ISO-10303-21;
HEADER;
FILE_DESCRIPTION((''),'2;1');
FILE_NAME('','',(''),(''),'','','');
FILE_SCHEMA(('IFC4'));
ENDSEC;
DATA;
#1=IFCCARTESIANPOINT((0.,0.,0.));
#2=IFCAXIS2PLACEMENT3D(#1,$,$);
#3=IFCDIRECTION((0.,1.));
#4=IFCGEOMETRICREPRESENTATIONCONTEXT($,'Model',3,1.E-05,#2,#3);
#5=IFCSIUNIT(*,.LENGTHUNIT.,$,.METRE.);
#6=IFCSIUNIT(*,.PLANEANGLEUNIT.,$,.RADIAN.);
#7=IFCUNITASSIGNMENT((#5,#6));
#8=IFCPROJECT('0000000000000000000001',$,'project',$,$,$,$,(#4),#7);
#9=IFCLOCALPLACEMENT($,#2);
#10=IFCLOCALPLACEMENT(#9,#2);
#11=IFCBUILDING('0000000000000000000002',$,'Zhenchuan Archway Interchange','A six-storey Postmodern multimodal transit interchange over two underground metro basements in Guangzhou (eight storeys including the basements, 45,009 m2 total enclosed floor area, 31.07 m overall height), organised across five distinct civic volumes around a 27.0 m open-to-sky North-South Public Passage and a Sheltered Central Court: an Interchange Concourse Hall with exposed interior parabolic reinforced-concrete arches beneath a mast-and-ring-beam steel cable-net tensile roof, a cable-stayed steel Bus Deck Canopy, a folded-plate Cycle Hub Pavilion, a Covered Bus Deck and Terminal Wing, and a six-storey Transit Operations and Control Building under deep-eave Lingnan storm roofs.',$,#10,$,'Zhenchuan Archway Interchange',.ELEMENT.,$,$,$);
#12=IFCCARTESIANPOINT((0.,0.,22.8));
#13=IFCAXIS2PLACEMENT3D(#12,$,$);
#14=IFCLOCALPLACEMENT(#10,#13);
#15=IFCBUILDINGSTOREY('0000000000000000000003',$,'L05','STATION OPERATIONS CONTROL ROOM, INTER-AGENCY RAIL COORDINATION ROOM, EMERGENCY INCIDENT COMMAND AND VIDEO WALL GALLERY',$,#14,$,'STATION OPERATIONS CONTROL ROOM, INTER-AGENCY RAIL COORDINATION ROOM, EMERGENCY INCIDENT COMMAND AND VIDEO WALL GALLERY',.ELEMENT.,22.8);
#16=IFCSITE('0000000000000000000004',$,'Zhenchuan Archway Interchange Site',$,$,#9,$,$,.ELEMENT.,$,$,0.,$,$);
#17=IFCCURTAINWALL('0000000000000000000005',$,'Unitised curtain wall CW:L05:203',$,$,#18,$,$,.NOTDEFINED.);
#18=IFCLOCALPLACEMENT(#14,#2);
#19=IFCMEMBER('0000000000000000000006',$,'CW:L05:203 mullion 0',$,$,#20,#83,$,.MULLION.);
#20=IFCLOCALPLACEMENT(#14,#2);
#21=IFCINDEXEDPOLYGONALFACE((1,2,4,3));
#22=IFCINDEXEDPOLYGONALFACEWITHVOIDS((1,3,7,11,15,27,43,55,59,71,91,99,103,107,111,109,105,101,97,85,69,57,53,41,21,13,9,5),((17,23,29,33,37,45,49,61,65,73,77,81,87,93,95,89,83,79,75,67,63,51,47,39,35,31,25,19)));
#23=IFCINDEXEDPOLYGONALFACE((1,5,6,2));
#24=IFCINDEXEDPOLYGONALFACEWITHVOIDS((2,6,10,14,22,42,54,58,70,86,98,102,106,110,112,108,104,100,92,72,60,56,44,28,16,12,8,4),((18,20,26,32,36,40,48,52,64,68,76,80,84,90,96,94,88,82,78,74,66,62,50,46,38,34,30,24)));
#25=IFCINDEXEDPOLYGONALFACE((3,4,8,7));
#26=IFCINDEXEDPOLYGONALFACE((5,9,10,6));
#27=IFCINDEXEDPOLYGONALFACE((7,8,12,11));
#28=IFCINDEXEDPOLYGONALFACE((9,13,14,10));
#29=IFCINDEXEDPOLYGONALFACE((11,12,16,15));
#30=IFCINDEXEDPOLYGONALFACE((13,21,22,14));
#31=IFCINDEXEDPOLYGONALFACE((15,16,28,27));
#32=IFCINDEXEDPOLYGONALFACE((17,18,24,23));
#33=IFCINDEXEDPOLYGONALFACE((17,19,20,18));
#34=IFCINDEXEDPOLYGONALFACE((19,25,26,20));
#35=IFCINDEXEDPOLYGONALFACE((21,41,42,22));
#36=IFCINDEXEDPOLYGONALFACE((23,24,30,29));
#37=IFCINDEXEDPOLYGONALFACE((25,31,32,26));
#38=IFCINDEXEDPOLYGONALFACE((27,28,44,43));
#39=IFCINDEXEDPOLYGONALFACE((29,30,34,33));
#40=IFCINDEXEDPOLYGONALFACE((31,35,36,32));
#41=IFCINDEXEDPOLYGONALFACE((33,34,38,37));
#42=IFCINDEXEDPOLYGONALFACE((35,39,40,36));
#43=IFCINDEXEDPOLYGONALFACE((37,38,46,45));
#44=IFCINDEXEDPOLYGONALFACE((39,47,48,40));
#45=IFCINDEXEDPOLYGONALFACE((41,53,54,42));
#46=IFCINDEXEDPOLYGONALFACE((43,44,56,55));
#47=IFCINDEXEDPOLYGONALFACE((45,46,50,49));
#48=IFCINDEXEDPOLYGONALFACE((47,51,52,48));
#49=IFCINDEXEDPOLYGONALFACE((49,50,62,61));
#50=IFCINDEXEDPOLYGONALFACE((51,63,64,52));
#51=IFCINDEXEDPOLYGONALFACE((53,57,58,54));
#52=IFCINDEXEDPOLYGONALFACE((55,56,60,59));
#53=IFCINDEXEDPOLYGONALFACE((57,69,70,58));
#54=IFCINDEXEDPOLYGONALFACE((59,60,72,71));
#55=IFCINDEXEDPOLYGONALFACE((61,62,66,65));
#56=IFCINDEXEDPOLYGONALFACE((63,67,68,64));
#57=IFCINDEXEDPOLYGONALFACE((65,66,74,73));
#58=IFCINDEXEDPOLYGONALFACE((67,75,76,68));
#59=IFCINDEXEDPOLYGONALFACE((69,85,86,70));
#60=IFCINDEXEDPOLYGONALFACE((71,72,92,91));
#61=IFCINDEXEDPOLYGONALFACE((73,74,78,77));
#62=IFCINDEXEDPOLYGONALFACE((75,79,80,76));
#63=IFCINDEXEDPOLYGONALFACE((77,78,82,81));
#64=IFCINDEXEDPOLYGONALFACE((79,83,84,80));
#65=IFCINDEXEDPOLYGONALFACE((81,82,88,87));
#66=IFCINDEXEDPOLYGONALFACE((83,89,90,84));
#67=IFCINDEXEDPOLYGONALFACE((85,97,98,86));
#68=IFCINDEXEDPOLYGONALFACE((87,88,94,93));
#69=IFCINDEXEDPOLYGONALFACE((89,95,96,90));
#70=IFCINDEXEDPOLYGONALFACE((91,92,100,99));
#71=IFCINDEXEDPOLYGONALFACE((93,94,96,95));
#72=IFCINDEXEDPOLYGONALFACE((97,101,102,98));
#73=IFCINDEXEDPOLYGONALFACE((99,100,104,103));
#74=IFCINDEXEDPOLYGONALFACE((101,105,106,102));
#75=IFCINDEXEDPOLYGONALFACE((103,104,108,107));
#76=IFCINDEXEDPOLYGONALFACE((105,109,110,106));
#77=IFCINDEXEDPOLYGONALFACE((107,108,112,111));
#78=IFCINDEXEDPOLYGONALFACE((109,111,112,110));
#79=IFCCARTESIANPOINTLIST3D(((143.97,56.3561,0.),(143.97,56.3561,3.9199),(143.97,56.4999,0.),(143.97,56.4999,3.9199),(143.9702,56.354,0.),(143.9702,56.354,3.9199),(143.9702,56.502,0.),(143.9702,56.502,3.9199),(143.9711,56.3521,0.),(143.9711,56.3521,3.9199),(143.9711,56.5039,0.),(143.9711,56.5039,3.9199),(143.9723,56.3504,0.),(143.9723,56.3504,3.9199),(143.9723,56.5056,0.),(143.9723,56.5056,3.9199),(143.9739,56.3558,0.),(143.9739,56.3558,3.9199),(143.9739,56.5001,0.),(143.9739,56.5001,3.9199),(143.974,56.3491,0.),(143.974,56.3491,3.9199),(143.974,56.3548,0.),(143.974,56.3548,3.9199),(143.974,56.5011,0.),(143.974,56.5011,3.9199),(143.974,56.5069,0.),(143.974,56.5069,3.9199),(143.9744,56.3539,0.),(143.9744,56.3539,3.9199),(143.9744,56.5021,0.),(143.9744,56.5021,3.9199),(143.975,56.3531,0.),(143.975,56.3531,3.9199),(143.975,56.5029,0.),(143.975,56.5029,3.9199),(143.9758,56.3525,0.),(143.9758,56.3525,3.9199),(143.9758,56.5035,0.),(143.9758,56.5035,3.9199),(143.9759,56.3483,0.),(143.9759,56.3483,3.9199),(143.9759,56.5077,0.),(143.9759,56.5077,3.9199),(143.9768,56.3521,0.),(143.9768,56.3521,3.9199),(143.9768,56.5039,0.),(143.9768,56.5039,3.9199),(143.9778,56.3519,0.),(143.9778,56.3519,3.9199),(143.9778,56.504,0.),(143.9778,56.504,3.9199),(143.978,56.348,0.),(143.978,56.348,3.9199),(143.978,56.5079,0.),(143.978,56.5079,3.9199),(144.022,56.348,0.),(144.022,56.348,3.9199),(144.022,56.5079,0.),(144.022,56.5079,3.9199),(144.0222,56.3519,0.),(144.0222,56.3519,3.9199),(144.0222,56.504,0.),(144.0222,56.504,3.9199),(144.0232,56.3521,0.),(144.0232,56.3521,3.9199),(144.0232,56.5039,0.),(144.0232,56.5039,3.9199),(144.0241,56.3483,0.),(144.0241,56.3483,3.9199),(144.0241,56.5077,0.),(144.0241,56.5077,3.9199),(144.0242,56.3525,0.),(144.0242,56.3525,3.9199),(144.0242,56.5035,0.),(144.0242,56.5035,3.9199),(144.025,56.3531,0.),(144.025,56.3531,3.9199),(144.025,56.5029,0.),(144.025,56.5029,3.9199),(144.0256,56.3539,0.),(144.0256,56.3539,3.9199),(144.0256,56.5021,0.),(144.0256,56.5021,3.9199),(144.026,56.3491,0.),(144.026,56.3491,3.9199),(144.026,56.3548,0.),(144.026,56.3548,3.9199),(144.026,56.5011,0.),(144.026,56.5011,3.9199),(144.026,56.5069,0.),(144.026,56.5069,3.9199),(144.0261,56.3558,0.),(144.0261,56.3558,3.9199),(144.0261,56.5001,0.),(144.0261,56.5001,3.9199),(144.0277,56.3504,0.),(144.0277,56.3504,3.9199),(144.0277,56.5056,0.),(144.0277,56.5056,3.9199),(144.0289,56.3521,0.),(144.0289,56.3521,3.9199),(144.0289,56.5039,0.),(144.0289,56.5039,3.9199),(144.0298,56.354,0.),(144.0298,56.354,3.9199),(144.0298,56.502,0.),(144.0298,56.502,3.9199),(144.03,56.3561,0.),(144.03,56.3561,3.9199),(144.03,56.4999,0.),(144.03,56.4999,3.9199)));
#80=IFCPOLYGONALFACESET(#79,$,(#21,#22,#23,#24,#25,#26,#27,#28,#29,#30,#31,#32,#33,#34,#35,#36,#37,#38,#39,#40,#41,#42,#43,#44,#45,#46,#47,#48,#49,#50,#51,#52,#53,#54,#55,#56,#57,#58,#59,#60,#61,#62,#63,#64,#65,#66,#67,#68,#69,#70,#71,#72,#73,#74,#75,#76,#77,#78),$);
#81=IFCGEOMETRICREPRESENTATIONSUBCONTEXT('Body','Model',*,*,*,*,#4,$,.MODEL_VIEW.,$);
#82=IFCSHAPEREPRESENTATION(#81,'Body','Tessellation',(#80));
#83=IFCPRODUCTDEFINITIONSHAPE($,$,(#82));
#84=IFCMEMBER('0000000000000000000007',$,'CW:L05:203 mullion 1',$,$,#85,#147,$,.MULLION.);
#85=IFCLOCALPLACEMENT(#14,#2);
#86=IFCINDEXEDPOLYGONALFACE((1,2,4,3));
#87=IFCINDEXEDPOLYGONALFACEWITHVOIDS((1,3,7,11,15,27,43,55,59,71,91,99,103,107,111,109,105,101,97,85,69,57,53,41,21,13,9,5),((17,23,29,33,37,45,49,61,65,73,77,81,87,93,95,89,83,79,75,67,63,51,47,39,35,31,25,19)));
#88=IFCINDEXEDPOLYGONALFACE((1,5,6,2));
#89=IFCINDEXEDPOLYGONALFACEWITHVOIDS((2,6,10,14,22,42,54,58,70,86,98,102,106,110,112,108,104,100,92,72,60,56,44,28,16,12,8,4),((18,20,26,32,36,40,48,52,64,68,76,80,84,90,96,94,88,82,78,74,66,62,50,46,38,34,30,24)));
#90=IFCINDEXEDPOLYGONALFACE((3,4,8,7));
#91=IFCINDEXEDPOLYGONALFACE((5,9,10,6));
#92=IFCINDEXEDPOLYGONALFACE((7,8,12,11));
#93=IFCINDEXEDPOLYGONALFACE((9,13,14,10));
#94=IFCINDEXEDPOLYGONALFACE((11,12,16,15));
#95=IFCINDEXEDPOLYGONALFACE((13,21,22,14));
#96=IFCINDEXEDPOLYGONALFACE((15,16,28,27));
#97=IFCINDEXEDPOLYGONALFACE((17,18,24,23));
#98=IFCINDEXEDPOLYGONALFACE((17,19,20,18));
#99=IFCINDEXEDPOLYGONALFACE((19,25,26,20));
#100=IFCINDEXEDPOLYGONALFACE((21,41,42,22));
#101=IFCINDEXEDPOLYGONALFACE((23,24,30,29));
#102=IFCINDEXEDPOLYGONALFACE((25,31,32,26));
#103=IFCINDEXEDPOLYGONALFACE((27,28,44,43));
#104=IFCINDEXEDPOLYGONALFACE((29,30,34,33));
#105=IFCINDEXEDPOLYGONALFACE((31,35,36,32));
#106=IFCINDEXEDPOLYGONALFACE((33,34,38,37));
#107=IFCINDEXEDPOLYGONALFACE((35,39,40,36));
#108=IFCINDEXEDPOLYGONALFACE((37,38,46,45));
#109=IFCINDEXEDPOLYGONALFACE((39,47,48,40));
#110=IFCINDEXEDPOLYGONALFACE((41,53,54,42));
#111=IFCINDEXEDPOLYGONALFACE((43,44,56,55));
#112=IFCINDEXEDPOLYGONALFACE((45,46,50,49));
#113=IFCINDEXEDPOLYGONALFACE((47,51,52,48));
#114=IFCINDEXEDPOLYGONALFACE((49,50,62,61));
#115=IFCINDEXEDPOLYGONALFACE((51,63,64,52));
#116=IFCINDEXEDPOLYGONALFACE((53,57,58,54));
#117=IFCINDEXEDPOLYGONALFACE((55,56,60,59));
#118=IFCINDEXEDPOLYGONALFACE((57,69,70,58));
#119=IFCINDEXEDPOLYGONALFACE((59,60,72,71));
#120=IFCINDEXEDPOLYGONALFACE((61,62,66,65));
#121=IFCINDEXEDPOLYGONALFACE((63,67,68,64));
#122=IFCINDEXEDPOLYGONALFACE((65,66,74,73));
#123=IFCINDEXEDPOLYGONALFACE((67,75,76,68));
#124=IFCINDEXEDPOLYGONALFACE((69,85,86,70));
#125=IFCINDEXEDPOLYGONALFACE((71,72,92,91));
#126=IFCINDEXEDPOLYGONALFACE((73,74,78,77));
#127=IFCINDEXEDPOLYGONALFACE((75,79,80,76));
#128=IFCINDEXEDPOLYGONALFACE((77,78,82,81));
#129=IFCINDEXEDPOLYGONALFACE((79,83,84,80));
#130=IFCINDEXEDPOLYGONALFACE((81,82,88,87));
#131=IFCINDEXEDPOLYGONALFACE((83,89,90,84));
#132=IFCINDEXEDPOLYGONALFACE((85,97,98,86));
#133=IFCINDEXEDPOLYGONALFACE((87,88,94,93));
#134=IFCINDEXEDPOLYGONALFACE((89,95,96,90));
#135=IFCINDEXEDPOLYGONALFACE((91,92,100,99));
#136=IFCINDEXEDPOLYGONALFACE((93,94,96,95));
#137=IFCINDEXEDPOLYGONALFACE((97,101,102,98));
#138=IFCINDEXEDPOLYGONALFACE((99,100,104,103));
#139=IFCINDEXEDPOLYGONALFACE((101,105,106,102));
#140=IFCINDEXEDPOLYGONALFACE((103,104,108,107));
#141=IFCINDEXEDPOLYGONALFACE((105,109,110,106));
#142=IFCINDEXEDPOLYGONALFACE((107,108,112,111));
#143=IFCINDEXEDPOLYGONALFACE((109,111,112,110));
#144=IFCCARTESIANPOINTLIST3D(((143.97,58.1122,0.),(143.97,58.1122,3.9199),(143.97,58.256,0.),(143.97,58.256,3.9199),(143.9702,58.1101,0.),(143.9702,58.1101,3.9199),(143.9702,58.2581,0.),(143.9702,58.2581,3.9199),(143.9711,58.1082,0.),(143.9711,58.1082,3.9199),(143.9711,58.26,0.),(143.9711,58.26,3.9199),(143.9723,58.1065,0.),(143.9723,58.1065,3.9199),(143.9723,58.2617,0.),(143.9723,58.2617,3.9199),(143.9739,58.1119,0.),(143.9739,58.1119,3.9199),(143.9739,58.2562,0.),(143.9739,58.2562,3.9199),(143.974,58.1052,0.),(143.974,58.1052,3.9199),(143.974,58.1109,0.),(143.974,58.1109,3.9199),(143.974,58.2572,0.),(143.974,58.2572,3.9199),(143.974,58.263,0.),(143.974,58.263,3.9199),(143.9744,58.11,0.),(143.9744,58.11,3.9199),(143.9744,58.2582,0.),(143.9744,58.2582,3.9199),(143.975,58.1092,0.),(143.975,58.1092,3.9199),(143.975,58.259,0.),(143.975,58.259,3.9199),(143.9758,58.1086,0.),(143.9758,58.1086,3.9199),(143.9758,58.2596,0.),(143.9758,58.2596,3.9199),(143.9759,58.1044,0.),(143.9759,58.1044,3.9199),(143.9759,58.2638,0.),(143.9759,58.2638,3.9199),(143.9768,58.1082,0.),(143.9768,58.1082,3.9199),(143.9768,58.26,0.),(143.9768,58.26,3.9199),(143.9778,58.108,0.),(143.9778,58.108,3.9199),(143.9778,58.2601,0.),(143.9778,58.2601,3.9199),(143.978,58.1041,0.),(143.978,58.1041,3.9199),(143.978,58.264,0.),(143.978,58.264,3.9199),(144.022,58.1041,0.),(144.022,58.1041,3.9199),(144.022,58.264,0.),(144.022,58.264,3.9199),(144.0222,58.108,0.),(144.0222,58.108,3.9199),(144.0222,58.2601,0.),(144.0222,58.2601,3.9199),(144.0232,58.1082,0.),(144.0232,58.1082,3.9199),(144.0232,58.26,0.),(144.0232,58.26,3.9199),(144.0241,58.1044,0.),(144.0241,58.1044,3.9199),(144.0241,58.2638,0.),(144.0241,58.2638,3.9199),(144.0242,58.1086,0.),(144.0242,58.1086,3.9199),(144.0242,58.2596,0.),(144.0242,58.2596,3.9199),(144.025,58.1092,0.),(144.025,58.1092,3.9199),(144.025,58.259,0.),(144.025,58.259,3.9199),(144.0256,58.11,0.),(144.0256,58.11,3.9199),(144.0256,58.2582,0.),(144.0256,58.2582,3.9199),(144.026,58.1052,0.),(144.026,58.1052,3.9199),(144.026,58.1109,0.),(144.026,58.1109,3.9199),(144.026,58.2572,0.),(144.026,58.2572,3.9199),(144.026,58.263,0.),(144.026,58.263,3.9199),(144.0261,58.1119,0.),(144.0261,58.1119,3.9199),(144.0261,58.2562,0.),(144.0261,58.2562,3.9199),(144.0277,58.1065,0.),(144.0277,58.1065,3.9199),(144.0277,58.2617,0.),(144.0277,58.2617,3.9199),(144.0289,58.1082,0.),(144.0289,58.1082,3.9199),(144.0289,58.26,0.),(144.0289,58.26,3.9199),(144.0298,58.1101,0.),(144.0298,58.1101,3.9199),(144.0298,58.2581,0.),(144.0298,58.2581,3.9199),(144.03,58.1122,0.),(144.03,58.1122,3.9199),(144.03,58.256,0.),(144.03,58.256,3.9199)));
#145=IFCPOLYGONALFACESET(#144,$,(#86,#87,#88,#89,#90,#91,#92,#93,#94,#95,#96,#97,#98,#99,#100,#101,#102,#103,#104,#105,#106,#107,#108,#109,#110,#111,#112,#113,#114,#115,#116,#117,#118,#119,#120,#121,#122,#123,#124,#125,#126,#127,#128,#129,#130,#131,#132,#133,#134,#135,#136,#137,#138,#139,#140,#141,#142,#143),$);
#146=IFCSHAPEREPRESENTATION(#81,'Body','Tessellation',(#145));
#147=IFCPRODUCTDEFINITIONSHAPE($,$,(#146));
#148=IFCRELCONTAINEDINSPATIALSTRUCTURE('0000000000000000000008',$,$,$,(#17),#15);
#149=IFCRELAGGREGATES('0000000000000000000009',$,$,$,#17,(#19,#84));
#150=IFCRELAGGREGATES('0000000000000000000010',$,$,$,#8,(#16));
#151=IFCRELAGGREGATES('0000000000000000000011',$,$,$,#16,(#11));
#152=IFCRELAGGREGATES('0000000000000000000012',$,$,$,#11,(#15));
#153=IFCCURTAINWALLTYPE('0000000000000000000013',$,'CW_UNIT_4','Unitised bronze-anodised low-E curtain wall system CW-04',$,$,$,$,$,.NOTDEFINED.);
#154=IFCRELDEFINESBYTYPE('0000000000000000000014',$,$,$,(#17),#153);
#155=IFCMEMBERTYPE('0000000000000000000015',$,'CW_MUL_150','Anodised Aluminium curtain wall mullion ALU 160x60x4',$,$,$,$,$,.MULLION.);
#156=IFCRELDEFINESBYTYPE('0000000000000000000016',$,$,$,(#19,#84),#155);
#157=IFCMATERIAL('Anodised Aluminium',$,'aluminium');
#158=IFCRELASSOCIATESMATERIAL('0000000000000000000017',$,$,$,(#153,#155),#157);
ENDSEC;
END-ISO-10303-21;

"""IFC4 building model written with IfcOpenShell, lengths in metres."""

from ifc_helpers import new_model, si_unit, direction, frame, origin, origin_2d, place, context, subcontext, project, spatial, hollow_rectangle, extrude, material, material_profile, profile_set, type_object, element, aggregate, save


model = new_model("IFC4")

# Units and contexts
model_context = context("Model", 3, precision=1e-05, world=origin(), true_north=direction((0.0, 1.0)))
body_context = subcontext(model_context, "Body", "Model", "MODEL_VIEW")
ifc_project = project(units=[si_unit("LENGTHUNIT", "METRE"), si_unit("PLANEANGLEUNIT", "RADIAN")], contexts=[model_context])

# Site, building, storey
site_placement = place(None, origin())
site = spatial("IfcSite", under=ifc_project, at=site_placement, Name="Zhenchuan Archway Interchange Site", CompositionType="ELEMENT", RefElevation=0.0)
building_placement = place(site_placement, origin())
building = spatial("IfcBuilding", under=site, at=building_placement, Name="Zhenchuan Archway Interchange", Description="A six-storey Postmodern multimodal transit interchange over two underground metro basements in Guangzhou (eight storeys including the basements, 45,009 m2 total enclosed floor area, 31.07 m overall height), organised across five distinct civic volumes around a 27.0 m open-to-sky North-South Public Passage and a Sheltered Central Court: an Interchange Concourse Hall with exposed interior parabolic reinforced-concrete arches beneath a mast-and-ring-beam steel cable-net tensile roof, a cable-stayed steel Bus Deck Canopy, a folded-plate Cycle Hub Pavilion, a Covered Bus Deck and Terminal Wing, and a six-storey Transit Operations and Control Building under deep-eave Lingnan storm roofs.", LongName="Zhenchuan Archway Interchange", CompositionType="ELEMENT")
storey_placement = place(building_placement, frame((0.0, 0.0, 22.8)))
storey = spatial("IfcBuildingStorey", under=building, at=storey_placement, Name="L05", Description="STATION OPERATIONS CONTROL ROOM, INTER-AGENCY RAIL COORDINATION ROOM, EMERGENCY INCIDENT COMMAND AND VIDEO WALL GALLERY", LongName="STATION OPERATIONS CONTROL ROOM, INTER-AGENCY RAIL COORDINATION ROOM, EMERGENCY INCIDENT COMMAND AND VIDEO WALL GALLERY", CompositionType="ELEMENT", Elevation=22.8)

# Curtain wall, members
ifc_material_1 = material(Name="Anodised Aluminium", Category="aluminium")
curtain_wall_type = type_object("IfcCurtainWallType", Name="CW_UNIT_4", Description="Unitised bronze-anodised low-E curtain wall system CW-04", PredefinedType="NOTDEFINED", material=ifc_material_1)
curtain_wall_placement = place(storey_placement, origin())
curtain_wall = element("IfcCurtainWall", 1, at=curtain_wall_placement, inside=storey, type_object=curtain_wall_type, Name="Unitised curtain wall CW:L05:203", PredefinedType="NOTDEFINED")
ifc_material_profile_1 = material_profile(ifc_material_1, hollow_rectangle(XDim=0.0601, YDim=0.1599, WallThickness=0.0039, InnerFilletRadius=0.0039, OuterFilletRadius=0.0081, at=origin_2d()), Name="ALU 160x60x4")
ifc_profile_set_1 = profile_set([ifc_material_profile_1], Name="Anodised Aluminium")
member_type_1 = type_object("IfcMemberType", Name="CW_MUL_150", Description="Anodised Aluminium curtain wall mullion ALU 160x60x4", PredefinedType="MULLION", material=ifc_profile_set_1)
member_1_placement = place(storey_placement, frame((144.0, 56.428, 0.0), z_axis=(0.0, 0.0, 1.0), x_axis=(1.0, 0.0, 0.0)))
member_1 = element("IfcMember", 2, at=member_1_placement, type_object=member_type_1, Name="CW:L05:203 mullion 0", PredefinedType="MULLION", context=body_context, shape_type="SweptSolid", body=[
    extrude(hollow_rectangle(XDim=0.0601, YDim=0.1599, WallThickness=0.0039, InnerFilletRadius=0.0039, OuterFilletRadius=0.0081, at=origin_2d()), origin(), (0.0, 0.0, 1.0), 3.9199),
])
member_2_placement = place(storey_placement, frame((144.0, 58.1841, 0.0), z_axis=(0.0, 0.0, 1.0), x_axis=(1.0, 0.0, 0.0)))
member_2 = element("IfcMember", 3, at=member_2_placement, type_object=member_type_1, Name="CW:L05:203 mullion 1", PredefinedType="MULLION", context=body_context, shape_type="SweptSolid", body=[
    extrude(hollow_rectangle(XDim=0.0601, YDim=0.1599, WallThickness=0.0039, InnerFilletRadius=0.0039, OuterFilletRadius=0.0081, at=origin_2d()), origin(), (0.0, 0.0, 1.0), 3.9199),
])
aggregate(curtain_wall, [member_1, member_2])

save(model, "model.ifc")
